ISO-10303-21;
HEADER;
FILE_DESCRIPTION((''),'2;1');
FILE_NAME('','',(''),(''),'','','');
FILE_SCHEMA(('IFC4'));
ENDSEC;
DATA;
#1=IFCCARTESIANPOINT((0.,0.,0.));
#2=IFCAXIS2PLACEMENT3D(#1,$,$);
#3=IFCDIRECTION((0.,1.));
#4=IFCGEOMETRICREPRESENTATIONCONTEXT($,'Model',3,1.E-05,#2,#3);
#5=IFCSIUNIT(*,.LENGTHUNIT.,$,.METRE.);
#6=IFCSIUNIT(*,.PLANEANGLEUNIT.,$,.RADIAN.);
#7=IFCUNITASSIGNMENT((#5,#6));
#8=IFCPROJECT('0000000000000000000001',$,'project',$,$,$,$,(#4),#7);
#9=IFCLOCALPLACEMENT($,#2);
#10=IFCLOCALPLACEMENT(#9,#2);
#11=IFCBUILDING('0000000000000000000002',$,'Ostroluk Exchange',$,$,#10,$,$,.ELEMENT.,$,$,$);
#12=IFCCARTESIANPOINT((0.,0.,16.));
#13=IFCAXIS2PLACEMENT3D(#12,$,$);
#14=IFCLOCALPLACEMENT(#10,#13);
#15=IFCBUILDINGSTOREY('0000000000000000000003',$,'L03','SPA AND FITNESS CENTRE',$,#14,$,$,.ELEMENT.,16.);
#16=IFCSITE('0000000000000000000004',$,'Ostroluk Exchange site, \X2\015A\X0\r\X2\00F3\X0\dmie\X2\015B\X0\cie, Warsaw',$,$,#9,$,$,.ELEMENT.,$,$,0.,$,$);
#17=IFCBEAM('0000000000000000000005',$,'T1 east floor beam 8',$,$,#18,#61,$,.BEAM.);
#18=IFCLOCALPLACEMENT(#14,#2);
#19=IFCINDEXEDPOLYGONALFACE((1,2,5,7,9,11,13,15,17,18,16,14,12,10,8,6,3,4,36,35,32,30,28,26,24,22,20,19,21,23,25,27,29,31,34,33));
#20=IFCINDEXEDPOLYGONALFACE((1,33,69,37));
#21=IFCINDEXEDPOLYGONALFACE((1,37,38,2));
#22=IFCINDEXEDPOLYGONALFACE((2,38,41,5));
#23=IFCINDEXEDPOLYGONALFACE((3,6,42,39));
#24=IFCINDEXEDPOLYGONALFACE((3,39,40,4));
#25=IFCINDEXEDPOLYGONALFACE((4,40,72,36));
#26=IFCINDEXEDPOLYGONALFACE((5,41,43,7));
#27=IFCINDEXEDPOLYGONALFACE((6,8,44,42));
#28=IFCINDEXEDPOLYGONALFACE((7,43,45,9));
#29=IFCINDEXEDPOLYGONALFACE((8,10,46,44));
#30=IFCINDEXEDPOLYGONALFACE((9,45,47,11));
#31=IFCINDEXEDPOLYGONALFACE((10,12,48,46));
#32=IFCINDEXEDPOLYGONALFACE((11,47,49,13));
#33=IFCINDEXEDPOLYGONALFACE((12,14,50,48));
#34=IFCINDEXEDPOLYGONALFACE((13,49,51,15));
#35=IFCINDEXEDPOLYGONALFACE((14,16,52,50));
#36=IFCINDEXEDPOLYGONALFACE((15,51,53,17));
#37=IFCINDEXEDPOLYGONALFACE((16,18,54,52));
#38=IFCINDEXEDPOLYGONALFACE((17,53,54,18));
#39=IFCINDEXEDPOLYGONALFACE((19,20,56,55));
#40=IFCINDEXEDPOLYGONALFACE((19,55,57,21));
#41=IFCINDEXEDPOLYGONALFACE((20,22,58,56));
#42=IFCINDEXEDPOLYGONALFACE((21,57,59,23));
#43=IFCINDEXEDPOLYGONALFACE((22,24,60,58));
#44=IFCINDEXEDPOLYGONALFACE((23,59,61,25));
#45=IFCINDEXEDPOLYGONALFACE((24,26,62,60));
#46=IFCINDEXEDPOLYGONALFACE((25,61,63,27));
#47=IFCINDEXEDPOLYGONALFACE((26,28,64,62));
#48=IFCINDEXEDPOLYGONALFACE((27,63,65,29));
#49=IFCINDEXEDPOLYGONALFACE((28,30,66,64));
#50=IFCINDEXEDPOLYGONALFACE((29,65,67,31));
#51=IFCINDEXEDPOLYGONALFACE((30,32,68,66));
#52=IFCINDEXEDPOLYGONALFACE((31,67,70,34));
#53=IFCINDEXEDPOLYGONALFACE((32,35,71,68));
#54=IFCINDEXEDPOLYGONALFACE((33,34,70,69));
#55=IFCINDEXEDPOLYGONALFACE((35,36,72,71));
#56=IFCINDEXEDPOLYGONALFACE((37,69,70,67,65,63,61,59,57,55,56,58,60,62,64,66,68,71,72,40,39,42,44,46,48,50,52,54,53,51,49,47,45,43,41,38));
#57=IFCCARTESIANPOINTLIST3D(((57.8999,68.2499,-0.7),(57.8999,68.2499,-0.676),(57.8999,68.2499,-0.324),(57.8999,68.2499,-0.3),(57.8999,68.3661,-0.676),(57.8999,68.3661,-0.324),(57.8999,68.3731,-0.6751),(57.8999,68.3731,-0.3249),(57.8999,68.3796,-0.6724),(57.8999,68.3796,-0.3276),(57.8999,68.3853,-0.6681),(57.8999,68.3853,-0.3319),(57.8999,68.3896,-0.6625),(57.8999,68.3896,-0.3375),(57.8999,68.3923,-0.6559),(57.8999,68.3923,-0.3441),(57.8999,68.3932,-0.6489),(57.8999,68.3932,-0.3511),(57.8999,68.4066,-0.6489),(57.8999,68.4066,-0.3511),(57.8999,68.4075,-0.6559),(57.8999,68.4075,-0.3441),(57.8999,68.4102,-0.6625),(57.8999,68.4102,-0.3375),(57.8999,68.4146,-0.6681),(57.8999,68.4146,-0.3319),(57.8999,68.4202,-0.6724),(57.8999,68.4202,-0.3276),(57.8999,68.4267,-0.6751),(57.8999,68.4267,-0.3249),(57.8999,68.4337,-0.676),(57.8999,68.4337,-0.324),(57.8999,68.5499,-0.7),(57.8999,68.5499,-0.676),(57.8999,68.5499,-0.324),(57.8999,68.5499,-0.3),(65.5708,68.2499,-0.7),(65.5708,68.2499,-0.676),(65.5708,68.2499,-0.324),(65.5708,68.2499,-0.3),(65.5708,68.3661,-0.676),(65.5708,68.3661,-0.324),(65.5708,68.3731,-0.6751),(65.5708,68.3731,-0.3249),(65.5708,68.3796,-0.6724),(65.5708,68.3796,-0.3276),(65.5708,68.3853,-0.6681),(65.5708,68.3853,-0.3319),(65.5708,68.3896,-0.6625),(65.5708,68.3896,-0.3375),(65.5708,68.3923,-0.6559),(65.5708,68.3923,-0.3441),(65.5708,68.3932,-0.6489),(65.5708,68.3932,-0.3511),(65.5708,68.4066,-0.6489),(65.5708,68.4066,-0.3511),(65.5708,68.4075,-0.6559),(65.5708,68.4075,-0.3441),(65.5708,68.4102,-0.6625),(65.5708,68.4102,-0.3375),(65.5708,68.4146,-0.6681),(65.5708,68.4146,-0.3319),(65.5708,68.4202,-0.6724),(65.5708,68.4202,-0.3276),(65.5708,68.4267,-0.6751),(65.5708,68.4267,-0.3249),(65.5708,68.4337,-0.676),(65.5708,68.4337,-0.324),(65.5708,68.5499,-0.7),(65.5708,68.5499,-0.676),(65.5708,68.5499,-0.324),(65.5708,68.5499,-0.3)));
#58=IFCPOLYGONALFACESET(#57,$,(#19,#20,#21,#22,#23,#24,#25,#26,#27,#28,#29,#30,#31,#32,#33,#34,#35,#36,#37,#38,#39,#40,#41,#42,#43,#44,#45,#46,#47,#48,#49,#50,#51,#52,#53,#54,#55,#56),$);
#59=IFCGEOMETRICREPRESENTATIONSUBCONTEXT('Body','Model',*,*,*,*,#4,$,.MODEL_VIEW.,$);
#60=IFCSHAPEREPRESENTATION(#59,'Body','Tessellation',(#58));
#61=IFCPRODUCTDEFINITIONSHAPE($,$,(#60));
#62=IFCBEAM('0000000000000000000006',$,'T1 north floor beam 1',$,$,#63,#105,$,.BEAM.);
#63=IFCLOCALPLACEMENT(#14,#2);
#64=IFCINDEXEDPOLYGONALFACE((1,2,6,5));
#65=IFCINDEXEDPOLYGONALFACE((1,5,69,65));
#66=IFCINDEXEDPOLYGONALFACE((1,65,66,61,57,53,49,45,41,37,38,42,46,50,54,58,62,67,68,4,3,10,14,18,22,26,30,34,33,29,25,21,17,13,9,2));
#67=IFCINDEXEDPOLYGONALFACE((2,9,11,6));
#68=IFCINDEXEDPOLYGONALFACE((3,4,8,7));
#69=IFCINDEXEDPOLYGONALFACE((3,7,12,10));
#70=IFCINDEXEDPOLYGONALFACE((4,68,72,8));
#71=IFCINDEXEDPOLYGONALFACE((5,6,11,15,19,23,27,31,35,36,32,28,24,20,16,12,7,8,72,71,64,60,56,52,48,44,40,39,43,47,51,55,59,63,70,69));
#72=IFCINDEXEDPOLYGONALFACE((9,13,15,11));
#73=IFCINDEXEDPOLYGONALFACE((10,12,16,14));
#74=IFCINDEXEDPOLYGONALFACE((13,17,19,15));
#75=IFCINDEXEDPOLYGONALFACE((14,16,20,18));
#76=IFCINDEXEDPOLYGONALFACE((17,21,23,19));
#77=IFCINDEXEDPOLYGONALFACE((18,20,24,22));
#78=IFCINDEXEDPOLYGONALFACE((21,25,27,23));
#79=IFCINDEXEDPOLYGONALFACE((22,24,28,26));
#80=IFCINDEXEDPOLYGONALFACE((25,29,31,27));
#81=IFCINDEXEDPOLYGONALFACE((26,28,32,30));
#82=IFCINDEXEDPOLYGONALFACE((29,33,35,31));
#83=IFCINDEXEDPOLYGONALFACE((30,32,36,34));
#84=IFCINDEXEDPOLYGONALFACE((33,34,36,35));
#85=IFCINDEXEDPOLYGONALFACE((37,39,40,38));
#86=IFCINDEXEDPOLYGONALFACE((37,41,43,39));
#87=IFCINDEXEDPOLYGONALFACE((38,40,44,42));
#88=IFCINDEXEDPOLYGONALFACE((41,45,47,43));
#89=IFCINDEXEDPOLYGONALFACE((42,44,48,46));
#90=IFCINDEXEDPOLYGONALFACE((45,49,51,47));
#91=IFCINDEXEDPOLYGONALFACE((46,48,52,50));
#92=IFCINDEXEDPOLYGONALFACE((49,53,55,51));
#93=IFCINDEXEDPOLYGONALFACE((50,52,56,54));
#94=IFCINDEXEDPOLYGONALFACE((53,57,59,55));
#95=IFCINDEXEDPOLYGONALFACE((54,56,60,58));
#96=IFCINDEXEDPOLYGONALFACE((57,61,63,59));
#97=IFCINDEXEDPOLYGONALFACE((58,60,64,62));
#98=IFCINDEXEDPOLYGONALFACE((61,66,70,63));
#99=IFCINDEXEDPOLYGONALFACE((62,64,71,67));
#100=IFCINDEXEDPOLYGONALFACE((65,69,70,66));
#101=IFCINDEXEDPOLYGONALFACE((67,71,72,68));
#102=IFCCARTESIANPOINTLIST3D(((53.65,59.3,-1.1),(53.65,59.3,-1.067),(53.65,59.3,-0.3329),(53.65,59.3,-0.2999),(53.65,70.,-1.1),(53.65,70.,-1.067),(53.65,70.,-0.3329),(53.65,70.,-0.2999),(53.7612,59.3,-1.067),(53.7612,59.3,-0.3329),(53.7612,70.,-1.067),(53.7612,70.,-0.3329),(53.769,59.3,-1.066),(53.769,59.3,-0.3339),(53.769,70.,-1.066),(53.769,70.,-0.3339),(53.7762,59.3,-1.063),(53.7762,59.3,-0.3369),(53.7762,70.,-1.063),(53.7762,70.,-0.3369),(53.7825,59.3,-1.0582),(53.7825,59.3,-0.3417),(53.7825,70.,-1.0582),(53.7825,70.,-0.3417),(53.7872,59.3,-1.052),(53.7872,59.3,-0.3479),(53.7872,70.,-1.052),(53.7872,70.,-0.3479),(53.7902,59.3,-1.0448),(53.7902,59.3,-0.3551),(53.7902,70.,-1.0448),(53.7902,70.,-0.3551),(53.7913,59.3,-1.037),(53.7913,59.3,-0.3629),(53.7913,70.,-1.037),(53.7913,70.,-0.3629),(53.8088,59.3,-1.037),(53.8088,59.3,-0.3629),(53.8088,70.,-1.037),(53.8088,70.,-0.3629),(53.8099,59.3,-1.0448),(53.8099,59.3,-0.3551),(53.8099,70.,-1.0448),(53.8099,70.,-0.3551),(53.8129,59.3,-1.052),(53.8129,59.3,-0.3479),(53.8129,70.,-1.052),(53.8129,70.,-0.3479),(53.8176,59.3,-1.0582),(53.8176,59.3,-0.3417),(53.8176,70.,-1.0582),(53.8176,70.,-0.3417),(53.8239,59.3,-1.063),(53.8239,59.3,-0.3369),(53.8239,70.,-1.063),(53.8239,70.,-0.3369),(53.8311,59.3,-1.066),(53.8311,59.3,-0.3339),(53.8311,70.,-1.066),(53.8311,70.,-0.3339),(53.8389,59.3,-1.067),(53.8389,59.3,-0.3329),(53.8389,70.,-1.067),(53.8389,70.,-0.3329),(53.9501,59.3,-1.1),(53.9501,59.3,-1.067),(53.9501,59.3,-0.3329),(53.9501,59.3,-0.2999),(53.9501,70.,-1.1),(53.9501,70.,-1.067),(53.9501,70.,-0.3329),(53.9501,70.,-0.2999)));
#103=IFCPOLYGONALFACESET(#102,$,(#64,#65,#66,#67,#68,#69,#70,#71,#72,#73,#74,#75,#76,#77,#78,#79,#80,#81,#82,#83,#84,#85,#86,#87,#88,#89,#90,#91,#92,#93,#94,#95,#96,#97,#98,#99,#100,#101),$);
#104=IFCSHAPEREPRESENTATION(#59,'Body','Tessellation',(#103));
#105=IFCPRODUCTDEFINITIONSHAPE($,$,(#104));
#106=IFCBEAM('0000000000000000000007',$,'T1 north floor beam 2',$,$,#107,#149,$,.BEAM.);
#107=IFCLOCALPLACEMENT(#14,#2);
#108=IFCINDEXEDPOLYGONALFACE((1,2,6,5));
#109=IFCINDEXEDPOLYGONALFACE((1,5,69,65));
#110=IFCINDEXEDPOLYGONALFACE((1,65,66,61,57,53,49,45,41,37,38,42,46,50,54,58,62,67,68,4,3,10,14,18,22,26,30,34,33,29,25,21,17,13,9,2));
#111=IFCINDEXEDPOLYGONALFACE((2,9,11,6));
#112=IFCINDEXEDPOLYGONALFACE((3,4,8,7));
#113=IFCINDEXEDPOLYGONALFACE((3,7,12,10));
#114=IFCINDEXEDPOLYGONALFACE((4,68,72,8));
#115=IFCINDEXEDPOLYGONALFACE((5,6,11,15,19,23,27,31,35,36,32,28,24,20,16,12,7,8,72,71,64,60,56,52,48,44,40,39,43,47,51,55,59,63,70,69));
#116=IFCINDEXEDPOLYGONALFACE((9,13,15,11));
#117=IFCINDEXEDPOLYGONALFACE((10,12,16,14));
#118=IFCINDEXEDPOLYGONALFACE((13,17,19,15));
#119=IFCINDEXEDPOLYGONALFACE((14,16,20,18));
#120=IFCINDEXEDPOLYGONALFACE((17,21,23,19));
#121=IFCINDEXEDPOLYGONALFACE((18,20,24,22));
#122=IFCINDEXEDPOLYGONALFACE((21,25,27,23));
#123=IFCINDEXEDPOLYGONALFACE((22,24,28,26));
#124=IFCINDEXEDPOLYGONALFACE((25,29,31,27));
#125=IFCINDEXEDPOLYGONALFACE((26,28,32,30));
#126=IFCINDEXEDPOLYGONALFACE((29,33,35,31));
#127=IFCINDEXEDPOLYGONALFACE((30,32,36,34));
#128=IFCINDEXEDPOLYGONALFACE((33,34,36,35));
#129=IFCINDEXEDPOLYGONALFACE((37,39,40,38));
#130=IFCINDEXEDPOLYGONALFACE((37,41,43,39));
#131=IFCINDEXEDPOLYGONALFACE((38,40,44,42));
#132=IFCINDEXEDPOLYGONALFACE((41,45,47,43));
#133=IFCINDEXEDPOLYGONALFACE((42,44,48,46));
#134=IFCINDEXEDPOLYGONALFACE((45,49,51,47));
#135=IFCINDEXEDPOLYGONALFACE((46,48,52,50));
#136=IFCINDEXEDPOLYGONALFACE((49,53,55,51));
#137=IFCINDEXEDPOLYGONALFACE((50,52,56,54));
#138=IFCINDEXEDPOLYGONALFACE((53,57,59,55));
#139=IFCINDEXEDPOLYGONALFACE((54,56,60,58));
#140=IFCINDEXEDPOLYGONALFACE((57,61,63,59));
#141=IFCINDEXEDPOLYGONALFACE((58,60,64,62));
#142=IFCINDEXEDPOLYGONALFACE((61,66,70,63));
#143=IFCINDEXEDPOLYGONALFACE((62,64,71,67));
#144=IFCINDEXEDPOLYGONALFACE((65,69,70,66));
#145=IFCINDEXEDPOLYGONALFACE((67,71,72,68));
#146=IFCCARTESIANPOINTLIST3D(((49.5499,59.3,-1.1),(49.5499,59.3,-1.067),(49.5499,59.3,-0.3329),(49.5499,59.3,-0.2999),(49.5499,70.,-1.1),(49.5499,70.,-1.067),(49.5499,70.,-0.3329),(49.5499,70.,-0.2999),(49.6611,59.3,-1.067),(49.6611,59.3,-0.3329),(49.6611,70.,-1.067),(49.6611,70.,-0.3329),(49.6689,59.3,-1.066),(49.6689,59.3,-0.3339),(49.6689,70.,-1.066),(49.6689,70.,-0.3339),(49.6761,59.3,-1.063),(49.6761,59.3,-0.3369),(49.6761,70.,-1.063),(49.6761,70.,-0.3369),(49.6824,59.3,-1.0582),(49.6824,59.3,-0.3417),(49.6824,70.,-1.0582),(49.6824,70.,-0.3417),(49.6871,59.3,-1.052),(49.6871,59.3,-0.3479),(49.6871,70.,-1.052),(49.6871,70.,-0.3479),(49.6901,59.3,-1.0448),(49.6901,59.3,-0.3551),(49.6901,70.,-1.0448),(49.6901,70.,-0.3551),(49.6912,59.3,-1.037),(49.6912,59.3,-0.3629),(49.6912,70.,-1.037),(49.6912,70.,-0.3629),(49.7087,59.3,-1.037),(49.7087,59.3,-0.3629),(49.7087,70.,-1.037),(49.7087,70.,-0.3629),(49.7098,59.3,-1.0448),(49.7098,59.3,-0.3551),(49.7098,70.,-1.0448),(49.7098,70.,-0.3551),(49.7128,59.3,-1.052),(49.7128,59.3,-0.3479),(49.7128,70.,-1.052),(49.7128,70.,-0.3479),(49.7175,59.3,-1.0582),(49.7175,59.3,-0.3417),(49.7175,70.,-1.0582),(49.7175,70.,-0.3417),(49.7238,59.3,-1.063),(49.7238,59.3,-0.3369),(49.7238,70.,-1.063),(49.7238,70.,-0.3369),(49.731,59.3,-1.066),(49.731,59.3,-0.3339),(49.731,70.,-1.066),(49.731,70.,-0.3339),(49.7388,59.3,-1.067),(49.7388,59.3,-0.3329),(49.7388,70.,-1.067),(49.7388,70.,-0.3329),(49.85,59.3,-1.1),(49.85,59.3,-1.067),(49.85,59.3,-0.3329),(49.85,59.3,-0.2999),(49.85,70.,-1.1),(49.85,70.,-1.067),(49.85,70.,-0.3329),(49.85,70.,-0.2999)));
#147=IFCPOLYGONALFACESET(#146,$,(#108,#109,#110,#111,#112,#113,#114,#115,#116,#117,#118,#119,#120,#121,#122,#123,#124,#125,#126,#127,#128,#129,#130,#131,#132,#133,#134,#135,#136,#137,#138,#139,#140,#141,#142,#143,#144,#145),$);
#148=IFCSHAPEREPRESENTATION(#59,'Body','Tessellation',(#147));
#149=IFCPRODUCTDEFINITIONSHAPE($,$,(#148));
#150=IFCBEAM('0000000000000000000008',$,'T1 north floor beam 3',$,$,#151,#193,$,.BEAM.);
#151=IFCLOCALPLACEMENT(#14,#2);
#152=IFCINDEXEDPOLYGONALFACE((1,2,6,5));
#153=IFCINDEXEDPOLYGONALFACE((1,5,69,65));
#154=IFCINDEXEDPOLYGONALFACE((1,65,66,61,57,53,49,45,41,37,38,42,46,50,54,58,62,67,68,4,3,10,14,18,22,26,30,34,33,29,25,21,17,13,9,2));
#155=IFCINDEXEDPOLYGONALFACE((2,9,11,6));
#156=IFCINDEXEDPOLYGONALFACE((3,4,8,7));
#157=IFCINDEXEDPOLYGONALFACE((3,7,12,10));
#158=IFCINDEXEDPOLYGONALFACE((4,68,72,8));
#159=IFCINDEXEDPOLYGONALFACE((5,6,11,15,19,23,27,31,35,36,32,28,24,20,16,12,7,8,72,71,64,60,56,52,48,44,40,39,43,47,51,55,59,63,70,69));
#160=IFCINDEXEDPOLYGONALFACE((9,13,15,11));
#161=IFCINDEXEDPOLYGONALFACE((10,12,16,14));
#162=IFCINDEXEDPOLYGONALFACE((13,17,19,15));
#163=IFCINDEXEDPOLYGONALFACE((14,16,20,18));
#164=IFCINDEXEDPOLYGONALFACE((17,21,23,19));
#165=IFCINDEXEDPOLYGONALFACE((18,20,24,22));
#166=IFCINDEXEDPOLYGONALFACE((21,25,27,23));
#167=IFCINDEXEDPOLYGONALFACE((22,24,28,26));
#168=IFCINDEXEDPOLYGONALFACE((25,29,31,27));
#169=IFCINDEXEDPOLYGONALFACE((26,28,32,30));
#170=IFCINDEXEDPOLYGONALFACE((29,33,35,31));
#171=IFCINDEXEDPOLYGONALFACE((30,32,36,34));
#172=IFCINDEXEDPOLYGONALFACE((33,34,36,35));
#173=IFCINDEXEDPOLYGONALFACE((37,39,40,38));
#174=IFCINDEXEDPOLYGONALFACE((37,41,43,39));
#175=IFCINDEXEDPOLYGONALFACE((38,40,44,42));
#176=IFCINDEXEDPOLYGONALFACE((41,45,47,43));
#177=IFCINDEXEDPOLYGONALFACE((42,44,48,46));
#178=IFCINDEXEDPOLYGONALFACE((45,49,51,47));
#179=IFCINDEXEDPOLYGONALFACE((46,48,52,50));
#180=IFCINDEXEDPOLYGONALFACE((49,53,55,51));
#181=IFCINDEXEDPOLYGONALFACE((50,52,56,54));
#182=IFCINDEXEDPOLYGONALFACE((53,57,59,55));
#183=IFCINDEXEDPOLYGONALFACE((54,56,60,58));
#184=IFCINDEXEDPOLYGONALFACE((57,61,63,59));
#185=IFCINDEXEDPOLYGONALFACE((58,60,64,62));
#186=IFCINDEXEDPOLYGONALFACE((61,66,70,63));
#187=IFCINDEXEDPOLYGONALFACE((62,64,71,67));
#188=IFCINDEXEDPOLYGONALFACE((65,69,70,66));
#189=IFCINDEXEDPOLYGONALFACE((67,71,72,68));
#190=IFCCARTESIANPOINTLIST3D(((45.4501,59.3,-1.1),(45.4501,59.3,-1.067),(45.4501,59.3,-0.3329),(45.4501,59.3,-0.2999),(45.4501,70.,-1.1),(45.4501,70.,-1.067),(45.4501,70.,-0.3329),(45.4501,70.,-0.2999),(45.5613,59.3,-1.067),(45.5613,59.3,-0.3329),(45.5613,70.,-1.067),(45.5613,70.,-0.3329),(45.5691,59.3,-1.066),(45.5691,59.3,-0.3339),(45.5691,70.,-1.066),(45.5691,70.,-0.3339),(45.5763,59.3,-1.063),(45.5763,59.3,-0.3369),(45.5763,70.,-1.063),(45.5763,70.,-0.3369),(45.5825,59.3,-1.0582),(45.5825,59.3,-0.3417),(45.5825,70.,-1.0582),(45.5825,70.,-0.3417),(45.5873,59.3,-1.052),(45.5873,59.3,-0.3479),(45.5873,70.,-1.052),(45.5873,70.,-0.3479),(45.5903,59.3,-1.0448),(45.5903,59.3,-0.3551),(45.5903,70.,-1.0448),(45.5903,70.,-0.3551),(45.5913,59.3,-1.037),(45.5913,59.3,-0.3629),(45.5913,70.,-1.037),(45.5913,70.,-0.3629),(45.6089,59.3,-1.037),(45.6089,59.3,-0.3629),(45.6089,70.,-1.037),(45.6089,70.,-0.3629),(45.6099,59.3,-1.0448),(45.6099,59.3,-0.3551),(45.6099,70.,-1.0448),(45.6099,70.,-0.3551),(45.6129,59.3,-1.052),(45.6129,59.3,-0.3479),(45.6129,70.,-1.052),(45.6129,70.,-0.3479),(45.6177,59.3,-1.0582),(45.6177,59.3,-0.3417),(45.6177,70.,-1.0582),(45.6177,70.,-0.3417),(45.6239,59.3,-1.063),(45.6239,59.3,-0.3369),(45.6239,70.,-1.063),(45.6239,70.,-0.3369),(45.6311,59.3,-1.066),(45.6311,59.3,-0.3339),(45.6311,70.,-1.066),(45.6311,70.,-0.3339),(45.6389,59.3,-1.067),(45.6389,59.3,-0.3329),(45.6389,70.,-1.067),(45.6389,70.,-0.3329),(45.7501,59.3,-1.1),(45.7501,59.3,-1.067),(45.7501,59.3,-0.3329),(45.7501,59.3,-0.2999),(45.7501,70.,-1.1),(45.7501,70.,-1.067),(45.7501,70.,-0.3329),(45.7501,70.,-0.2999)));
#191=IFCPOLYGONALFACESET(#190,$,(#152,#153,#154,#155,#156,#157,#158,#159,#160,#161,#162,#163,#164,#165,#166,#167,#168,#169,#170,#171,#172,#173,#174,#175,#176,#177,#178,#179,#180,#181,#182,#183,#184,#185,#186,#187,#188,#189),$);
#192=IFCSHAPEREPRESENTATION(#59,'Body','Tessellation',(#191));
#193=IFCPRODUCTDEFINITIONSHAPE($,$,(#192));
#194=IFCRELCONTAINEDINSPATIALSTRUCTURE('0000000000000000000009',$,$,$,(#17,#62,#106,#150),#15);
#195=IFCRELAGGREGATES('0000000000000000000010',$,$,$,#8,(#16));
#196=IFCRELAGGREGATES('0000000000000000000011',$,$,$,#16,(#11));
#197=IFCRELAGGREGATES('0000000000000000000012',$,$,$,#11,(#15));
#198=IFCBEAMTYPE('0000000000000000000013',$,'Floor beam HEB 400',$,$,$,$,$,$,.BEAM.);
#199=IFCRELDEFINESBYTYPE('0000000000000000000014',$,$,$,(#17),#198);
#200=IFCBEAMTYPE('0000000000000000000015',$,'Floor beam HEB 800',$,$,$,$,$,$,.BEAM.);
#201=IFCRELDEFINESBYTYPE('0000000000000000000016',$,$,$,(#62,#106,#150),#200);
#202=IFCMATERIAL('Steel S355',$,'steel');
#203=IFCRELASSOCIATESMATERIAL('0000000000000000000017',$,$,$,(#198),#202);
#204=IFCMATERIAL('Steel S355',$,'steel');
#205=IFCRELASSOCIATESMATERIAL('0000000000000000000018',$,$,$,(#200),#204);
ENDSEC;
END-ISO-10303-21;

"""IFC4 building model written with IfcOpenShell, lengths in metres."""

from ifc_helpers import new_model, si_unit, direction, frame, origin, origin_2d, place, context, subcontext, project, spatial, i_section, extrude, material, material_profile, profile_set, type_object, element, save


model = new_model("IFC4")

# Units and contexts
model_context = context("Model", 3, precision=1e-05, world=origin(), true_north=direction((0.0, 1.0)))
body_context = subcontext(model_context, "Body", "Model", "MODEL_VIEW")
ifc_project = project(units=[si_unit("LENGTHUNIT", "METRE"), si_unit("PLANEANGLEUNIT", "RADIAN")], contexts=[model_context])

# Site, building, storey
site_placement = place(None, origin())
site = spatial("IfcSite", under=ifc_project, at=site_placement, Name="Ostroluk Exchange site, Śródmieście, Warsaw", CompositionType="ELEMENT", RefElevation=0.0)
building_placement = place(site_placement, origin())
building = spatial("IfcBuilding", under=site, at=building_placement, Name="Ostroluk Exchange", CompositionType="ELEMENT")
storey_placement = place(building_placement, frame((0.0, 0.0, 16.0)))
storey = spatial("IfcBuildingStorey", under=building, at=storey_placement, Name="L03", Description="SPA AND FITNESS CENTRE", CompositionType="ELEMENT", Elevation=16.0)

# Beams
ifc_material_1 = material(Name="Steel S355", Category="steel")
ifc_material_profile_1 = material_profile(ifc_material_1, i_section(OverallWidth=0.3, OverallDepth=0.3999, WebThickness=0.0134, FlangeThickness=0.0239, FilletRadius=0.0271, at=origin_2d()), Name="HEB 400")
ifc_profile_set_1 = profile_set([ifc_material_profile_1], Name="Steel S355")
beam_type_1 = type_object("IfcBeamType", Name="Floor beam HEB 400", PredefinedType="BEAM", material=ifc_profile_set_1)
beam_1_placement = place(storey_placement, frame((57.8999, 68.3999, -0.5), z_axis=(1.0, 0.0, 0.0), x_axis=(0.0, 1.0, 0.0)))
element("IfcBeam", 1, at=beam_1_placement, inside=storey, type_object=beam_type_1, Name="T1 east floor beam 8", PredefinedType="BEAM", context=body_context, shape_type="SweptSolid", body=[
    extrude(i_section(OverallWidth=0.3, OverallDepth=0.3999, WebThickness=0.0134, FlangeThickness=0.0239, FilletRadius=0.0271, at=origin_2d()), origin(), (0.0, 0.0, 1.0), 7.6709),
])
ifc_material_2 = material(Name="Steel S355", Category="steel")
ifc_material_profile_2 = material_profile(ifc_material_2, i_section(OverallWidth=0.3, OverallDepth=0.8, WebThickness=0.0176, FlangeThickness=0.033, FilletRadius=0.03, at=origin_2d()), Name="HEB 800")
ifc_profile_set_2 = profile_set([ifc_material_profile_2], Name="Steel S355")
beam_type_2 = type_object("IfcBeamType", Name="Floor beam HEB 800", PredefinedType="BEAM", material=ifc_profile_set_2)
for number, where, z_axis, x_axis, name in (
    (2, (53.8, 59.3, -0.7), (0.0, 1.0, 0.0), (-1.0, 0.0, 0.0), "T1 north floor beam 1"),
    (3, (49.7, 59.3, -0.7), (0.0, 1.0, 0.0), (-1.0, 0.0, 0.0), "T1 north floor beam 2"),
    (4, (45.6001, 59.3, -0.7), (0.0, 1.0, 0.0), (-1.0, 0.0, 0.0), "T1 north floor beam 3"),
):
    element("IfcBeam", number, at=place(storey_placement, frame(where, z_axis=z_axis, x_axis=x_axis)), inside=storey, type_object=beam_type_2, Name=name, PredefinedType="BEAM", context=body_context, shape_type="SweptSolid", body=[
        extrude(i_section(OverallWidth=0.3, OverallDepth=0.8, WebThickness=0.0176, FlangeThickness=0.033, FilletRadius=0.03, at=origin_2d()), origin(), (0.0, 0.0, 1.0), 10.7),
    ])

save(model, "model.ifc")
